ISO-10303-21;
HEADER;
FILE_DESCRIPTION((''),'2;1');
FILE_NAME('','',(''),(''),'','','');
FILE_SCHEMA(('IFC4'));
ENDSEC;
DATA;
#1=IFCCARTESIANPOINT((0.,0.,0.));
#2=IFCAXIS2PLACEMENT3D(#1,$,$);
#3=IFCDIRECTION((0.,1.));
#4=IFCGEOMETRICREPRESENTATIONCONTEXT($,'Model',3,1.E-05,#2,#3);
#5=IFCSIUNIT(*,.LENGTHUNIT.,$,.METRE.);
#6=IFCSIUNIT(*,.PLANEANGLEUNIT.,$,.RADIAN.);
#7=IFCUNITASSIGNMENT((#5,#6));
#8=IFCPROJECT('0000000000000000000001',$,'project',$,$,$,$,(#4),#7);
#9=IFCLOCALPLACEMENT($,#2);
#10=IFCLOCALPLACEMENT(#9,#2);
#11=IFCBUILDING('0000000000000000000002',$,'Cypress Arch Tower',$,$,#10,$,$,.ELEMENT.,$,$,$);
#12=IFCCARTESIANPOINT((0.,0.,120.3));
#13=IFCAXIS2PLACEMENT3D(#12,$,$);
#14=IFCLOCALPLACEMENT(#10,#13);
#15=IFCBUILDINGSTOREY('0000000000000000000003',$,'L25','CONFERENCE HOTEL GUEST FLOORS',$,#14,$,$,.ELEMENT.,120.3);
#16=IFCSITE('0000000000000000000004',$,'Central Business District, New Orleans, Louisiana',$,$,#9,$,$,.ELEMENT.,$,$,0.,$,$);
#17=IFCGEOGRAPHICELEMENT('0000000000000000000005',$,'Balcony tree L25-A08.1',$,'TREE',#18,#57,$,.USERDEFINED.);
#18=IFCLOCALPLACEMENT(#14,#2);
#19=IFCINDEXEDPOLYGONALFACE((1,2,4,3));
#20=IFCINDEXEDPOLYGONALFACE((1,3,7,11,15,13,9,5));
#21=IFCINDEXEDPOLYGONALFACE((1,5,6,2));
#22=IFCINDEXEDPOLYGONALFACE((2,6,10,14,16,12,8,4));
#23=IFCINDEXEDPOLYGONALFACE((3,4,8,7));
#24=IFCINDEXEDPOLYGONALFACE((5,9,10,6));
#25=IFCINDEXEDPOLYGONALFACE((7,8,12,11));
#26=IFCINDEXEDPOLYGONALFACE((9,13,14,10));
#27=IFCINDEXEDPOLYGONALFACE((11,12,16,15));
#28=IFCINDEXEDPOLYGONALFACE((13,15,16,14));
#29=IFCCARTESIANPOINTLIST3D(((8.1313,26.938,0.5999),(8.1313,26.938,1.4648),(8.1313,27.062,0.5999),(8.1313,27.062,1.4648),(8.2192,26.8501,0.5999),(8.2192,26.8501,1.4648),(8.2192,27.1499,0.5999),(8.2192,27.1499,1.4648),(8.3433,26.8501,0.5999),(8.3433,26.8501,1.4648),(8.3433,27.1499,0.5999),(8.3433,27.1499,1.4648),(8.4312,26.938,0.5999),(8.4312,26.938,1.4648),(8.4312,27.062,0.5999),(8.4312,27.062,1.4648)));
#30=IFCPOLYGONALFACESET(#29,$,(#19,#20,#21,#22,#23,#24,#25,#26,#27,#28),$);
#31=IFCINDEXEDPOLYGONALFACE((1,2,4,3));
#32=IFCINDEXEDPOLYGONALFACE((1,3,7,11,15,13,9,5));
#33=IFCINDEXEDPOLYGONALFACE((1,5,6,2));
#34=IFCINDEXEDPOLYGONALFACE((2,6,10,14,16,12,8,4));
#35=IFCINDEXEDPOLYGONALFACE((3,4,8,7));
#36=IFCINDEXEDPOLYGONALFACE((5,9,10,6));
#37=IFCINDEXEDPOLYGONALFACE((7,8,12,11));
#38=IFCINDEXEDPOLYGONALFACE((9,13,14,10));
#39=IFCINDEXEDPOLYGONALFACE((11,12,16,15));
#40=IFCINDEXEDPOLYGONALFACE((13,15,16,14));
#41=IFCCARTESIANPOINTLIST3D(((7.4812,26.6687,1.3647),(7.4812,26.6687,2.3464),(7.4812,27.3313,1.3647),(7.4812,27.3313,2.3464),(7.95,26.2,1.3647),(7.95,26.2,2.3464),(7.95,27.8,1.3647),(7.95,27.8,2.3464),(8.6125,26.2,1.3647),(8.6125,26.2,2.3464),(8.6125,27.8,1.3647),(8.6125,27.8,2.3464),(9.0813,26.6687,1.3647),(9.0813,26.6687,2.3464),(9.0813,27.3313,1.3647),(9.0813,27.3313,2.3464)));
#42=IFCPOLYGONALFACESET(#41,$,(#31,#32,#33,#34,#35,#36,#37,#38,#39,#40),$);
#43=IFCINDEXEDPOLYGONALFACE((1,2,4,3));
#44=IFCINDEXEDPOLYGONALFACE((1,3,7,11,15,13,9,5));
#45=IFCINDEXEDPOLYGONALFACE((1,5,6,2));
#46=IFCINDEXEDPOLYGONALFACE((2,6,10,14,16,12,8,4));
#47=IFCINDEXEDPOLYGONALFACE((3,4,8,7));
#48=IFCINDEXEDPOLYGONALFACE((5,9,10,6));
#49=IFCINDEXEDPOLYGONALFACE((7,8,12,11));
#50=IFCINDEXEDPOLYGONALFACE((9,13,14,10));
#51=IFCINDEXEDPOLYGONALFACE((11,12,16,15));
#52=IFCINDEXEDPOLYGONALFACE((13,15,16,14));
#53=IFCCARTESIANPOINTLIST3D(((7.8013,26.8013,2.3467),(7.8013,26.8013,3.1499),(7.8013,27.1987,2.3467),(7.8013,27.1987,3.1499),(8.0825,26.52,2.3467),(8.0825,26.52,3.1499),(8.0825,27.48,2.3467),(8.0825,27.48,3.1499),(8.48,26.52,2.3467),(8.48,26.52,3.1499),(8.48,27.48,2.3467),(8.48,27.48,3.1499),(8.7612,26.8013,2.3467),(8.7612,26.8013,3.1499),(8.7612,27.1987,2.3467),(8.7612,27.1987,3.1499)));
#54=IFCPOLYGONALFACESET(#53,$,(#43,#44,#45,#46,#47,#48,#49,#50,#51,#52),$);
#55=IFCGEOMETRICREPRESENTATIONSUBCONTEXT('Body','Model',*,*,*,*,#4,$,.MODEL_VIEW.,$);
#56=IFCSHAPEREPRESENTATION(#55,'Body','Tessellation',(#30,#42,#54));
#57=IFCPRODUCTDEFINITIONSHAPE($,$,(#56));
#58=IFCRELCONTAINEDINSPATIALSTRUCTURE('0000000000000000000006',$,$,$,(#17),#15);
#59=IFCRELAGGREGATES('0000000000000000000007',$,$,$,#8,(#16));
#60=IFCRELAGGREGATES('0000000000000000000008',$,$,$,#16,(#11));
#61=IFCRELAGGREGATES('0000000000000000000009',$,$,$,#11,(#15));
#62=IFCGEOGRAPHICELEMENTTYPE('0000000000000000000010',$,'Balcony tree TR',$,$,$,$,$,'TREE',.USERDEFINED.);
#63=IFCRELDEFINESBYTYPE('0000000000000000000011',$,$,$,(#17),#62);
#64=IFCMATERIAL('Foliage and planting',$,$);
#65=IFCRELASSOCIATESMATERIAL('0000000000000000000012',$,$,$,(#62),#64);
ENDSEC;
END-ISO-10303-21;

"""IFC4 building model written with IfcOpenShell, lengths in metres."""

from ifc_helpers import new_model, si_unit, direction, frame, origin, place, context, subcontext, project, spatial, polyline, outline, extrude, material, type_object, element, save


model = new_model("IFC4")

# Units and contexts
model_context = context("Model", 3, precision=1e-05, world=origin(), true_north=direction((0.0, 1.0)))
body_context = subcontext(model_context, "Body", "Model", "MODEL_VIEW")
ifc_project = project(units=[si_unit("LENGTHUNIT", "METRE"), si_unit("PLANEANGLEUNIT", "RADIAN")], contexts=[model_context])

# Site, building, storey
site_placement = place(None, origin())
site = spatial("IfcSite", under=ifc_project, at=site_placement, Name="Central Business District, New Orleans, Louisiana", CompositionType="ELEMENT", RefElevation=0.0)
building_placement = place(site_placement, origin())
building = spatial("IfcBuilding", under=site, at=building_placement, Name="Cypress Arch Tower", CompositionType="ELEMENT")
storey_placement = place(building_placement, frame((0.0, 0.0, 120.3)))
storey = spatial("IfcBuildingStorey", under=building, at=storey_placement, Name="L25", Description="CONFERENCE HOTEL GUEST FLOORS", CompositionType="ELEMENT", Elevation=120.3)

# Geographic element
ifc_material_1 = material(Name="Foliage and planting")
geographic_element_type = type_object("IfcGeographicElementType", Name="Balcony tree TR", ElementType="TREE", PredefinedType="USERDEFINED", material=ifc_material_1)
for number, where, z_axis, x_axis, name in (
    (1, (8.2812, 27.0, 0.5999), (0.0, 0.0, 1.0), (1.0, 0.0, 0.0), "Balcony tree L25-A08.1"),
):
    element("IfcGeographicElement", number, at=place(storey_placement, frame(where, z_axis=z_axis, x_axis=x_axis)), inside=storey, type_object=geographic_element_type, Name=name, ObjectType="TREE", PredefinedType="USERDEFINED", context=body_context, shape_type="SweptSolid", body=[
        extrude(outline(polyline([(0.1499, 0.062), (0.062, 0.1499), (-0.062, 0.1499), (-0.1499, 0.062), (-0.1499, -0.062), (-0.062, -0.1499), (0.062, -0.1499), (0.1499, -0.062), (0.1499, 0.062)])), origin(), (0.0, 0.0, 1.0), 0.865),
        extrude(outline(polyline([(0.8, 0.3313), (0.3313, 0.8), (-0.3313, 0.8), (-0.8, 0.3313), (-0.8, -0.3313), (-0.3313, -0.8), (0.3313, -0.8), (0.8, -0.3313), (0.8, 0.3313)])), frame((0.0, 0.0, 0.7649)), (0.0, 0.0, 1.0), 0.9817),
        extrude(outline(polyline([(0.48, 0.1987), (0.1987, 0.48), (-0.1987, 0.48), (-0.48, 0.1987), (-0.48, -0.1987), (-0.1987, -0.48), (0.1987, -0.48), (0.48, -0.1987), (0.48, 0.1987)])), frame((0.0, 0.0, 1.7468)), (0.0, 0.0, 1.0), 0.8032),
    ])

save(model, "model.ifc")
